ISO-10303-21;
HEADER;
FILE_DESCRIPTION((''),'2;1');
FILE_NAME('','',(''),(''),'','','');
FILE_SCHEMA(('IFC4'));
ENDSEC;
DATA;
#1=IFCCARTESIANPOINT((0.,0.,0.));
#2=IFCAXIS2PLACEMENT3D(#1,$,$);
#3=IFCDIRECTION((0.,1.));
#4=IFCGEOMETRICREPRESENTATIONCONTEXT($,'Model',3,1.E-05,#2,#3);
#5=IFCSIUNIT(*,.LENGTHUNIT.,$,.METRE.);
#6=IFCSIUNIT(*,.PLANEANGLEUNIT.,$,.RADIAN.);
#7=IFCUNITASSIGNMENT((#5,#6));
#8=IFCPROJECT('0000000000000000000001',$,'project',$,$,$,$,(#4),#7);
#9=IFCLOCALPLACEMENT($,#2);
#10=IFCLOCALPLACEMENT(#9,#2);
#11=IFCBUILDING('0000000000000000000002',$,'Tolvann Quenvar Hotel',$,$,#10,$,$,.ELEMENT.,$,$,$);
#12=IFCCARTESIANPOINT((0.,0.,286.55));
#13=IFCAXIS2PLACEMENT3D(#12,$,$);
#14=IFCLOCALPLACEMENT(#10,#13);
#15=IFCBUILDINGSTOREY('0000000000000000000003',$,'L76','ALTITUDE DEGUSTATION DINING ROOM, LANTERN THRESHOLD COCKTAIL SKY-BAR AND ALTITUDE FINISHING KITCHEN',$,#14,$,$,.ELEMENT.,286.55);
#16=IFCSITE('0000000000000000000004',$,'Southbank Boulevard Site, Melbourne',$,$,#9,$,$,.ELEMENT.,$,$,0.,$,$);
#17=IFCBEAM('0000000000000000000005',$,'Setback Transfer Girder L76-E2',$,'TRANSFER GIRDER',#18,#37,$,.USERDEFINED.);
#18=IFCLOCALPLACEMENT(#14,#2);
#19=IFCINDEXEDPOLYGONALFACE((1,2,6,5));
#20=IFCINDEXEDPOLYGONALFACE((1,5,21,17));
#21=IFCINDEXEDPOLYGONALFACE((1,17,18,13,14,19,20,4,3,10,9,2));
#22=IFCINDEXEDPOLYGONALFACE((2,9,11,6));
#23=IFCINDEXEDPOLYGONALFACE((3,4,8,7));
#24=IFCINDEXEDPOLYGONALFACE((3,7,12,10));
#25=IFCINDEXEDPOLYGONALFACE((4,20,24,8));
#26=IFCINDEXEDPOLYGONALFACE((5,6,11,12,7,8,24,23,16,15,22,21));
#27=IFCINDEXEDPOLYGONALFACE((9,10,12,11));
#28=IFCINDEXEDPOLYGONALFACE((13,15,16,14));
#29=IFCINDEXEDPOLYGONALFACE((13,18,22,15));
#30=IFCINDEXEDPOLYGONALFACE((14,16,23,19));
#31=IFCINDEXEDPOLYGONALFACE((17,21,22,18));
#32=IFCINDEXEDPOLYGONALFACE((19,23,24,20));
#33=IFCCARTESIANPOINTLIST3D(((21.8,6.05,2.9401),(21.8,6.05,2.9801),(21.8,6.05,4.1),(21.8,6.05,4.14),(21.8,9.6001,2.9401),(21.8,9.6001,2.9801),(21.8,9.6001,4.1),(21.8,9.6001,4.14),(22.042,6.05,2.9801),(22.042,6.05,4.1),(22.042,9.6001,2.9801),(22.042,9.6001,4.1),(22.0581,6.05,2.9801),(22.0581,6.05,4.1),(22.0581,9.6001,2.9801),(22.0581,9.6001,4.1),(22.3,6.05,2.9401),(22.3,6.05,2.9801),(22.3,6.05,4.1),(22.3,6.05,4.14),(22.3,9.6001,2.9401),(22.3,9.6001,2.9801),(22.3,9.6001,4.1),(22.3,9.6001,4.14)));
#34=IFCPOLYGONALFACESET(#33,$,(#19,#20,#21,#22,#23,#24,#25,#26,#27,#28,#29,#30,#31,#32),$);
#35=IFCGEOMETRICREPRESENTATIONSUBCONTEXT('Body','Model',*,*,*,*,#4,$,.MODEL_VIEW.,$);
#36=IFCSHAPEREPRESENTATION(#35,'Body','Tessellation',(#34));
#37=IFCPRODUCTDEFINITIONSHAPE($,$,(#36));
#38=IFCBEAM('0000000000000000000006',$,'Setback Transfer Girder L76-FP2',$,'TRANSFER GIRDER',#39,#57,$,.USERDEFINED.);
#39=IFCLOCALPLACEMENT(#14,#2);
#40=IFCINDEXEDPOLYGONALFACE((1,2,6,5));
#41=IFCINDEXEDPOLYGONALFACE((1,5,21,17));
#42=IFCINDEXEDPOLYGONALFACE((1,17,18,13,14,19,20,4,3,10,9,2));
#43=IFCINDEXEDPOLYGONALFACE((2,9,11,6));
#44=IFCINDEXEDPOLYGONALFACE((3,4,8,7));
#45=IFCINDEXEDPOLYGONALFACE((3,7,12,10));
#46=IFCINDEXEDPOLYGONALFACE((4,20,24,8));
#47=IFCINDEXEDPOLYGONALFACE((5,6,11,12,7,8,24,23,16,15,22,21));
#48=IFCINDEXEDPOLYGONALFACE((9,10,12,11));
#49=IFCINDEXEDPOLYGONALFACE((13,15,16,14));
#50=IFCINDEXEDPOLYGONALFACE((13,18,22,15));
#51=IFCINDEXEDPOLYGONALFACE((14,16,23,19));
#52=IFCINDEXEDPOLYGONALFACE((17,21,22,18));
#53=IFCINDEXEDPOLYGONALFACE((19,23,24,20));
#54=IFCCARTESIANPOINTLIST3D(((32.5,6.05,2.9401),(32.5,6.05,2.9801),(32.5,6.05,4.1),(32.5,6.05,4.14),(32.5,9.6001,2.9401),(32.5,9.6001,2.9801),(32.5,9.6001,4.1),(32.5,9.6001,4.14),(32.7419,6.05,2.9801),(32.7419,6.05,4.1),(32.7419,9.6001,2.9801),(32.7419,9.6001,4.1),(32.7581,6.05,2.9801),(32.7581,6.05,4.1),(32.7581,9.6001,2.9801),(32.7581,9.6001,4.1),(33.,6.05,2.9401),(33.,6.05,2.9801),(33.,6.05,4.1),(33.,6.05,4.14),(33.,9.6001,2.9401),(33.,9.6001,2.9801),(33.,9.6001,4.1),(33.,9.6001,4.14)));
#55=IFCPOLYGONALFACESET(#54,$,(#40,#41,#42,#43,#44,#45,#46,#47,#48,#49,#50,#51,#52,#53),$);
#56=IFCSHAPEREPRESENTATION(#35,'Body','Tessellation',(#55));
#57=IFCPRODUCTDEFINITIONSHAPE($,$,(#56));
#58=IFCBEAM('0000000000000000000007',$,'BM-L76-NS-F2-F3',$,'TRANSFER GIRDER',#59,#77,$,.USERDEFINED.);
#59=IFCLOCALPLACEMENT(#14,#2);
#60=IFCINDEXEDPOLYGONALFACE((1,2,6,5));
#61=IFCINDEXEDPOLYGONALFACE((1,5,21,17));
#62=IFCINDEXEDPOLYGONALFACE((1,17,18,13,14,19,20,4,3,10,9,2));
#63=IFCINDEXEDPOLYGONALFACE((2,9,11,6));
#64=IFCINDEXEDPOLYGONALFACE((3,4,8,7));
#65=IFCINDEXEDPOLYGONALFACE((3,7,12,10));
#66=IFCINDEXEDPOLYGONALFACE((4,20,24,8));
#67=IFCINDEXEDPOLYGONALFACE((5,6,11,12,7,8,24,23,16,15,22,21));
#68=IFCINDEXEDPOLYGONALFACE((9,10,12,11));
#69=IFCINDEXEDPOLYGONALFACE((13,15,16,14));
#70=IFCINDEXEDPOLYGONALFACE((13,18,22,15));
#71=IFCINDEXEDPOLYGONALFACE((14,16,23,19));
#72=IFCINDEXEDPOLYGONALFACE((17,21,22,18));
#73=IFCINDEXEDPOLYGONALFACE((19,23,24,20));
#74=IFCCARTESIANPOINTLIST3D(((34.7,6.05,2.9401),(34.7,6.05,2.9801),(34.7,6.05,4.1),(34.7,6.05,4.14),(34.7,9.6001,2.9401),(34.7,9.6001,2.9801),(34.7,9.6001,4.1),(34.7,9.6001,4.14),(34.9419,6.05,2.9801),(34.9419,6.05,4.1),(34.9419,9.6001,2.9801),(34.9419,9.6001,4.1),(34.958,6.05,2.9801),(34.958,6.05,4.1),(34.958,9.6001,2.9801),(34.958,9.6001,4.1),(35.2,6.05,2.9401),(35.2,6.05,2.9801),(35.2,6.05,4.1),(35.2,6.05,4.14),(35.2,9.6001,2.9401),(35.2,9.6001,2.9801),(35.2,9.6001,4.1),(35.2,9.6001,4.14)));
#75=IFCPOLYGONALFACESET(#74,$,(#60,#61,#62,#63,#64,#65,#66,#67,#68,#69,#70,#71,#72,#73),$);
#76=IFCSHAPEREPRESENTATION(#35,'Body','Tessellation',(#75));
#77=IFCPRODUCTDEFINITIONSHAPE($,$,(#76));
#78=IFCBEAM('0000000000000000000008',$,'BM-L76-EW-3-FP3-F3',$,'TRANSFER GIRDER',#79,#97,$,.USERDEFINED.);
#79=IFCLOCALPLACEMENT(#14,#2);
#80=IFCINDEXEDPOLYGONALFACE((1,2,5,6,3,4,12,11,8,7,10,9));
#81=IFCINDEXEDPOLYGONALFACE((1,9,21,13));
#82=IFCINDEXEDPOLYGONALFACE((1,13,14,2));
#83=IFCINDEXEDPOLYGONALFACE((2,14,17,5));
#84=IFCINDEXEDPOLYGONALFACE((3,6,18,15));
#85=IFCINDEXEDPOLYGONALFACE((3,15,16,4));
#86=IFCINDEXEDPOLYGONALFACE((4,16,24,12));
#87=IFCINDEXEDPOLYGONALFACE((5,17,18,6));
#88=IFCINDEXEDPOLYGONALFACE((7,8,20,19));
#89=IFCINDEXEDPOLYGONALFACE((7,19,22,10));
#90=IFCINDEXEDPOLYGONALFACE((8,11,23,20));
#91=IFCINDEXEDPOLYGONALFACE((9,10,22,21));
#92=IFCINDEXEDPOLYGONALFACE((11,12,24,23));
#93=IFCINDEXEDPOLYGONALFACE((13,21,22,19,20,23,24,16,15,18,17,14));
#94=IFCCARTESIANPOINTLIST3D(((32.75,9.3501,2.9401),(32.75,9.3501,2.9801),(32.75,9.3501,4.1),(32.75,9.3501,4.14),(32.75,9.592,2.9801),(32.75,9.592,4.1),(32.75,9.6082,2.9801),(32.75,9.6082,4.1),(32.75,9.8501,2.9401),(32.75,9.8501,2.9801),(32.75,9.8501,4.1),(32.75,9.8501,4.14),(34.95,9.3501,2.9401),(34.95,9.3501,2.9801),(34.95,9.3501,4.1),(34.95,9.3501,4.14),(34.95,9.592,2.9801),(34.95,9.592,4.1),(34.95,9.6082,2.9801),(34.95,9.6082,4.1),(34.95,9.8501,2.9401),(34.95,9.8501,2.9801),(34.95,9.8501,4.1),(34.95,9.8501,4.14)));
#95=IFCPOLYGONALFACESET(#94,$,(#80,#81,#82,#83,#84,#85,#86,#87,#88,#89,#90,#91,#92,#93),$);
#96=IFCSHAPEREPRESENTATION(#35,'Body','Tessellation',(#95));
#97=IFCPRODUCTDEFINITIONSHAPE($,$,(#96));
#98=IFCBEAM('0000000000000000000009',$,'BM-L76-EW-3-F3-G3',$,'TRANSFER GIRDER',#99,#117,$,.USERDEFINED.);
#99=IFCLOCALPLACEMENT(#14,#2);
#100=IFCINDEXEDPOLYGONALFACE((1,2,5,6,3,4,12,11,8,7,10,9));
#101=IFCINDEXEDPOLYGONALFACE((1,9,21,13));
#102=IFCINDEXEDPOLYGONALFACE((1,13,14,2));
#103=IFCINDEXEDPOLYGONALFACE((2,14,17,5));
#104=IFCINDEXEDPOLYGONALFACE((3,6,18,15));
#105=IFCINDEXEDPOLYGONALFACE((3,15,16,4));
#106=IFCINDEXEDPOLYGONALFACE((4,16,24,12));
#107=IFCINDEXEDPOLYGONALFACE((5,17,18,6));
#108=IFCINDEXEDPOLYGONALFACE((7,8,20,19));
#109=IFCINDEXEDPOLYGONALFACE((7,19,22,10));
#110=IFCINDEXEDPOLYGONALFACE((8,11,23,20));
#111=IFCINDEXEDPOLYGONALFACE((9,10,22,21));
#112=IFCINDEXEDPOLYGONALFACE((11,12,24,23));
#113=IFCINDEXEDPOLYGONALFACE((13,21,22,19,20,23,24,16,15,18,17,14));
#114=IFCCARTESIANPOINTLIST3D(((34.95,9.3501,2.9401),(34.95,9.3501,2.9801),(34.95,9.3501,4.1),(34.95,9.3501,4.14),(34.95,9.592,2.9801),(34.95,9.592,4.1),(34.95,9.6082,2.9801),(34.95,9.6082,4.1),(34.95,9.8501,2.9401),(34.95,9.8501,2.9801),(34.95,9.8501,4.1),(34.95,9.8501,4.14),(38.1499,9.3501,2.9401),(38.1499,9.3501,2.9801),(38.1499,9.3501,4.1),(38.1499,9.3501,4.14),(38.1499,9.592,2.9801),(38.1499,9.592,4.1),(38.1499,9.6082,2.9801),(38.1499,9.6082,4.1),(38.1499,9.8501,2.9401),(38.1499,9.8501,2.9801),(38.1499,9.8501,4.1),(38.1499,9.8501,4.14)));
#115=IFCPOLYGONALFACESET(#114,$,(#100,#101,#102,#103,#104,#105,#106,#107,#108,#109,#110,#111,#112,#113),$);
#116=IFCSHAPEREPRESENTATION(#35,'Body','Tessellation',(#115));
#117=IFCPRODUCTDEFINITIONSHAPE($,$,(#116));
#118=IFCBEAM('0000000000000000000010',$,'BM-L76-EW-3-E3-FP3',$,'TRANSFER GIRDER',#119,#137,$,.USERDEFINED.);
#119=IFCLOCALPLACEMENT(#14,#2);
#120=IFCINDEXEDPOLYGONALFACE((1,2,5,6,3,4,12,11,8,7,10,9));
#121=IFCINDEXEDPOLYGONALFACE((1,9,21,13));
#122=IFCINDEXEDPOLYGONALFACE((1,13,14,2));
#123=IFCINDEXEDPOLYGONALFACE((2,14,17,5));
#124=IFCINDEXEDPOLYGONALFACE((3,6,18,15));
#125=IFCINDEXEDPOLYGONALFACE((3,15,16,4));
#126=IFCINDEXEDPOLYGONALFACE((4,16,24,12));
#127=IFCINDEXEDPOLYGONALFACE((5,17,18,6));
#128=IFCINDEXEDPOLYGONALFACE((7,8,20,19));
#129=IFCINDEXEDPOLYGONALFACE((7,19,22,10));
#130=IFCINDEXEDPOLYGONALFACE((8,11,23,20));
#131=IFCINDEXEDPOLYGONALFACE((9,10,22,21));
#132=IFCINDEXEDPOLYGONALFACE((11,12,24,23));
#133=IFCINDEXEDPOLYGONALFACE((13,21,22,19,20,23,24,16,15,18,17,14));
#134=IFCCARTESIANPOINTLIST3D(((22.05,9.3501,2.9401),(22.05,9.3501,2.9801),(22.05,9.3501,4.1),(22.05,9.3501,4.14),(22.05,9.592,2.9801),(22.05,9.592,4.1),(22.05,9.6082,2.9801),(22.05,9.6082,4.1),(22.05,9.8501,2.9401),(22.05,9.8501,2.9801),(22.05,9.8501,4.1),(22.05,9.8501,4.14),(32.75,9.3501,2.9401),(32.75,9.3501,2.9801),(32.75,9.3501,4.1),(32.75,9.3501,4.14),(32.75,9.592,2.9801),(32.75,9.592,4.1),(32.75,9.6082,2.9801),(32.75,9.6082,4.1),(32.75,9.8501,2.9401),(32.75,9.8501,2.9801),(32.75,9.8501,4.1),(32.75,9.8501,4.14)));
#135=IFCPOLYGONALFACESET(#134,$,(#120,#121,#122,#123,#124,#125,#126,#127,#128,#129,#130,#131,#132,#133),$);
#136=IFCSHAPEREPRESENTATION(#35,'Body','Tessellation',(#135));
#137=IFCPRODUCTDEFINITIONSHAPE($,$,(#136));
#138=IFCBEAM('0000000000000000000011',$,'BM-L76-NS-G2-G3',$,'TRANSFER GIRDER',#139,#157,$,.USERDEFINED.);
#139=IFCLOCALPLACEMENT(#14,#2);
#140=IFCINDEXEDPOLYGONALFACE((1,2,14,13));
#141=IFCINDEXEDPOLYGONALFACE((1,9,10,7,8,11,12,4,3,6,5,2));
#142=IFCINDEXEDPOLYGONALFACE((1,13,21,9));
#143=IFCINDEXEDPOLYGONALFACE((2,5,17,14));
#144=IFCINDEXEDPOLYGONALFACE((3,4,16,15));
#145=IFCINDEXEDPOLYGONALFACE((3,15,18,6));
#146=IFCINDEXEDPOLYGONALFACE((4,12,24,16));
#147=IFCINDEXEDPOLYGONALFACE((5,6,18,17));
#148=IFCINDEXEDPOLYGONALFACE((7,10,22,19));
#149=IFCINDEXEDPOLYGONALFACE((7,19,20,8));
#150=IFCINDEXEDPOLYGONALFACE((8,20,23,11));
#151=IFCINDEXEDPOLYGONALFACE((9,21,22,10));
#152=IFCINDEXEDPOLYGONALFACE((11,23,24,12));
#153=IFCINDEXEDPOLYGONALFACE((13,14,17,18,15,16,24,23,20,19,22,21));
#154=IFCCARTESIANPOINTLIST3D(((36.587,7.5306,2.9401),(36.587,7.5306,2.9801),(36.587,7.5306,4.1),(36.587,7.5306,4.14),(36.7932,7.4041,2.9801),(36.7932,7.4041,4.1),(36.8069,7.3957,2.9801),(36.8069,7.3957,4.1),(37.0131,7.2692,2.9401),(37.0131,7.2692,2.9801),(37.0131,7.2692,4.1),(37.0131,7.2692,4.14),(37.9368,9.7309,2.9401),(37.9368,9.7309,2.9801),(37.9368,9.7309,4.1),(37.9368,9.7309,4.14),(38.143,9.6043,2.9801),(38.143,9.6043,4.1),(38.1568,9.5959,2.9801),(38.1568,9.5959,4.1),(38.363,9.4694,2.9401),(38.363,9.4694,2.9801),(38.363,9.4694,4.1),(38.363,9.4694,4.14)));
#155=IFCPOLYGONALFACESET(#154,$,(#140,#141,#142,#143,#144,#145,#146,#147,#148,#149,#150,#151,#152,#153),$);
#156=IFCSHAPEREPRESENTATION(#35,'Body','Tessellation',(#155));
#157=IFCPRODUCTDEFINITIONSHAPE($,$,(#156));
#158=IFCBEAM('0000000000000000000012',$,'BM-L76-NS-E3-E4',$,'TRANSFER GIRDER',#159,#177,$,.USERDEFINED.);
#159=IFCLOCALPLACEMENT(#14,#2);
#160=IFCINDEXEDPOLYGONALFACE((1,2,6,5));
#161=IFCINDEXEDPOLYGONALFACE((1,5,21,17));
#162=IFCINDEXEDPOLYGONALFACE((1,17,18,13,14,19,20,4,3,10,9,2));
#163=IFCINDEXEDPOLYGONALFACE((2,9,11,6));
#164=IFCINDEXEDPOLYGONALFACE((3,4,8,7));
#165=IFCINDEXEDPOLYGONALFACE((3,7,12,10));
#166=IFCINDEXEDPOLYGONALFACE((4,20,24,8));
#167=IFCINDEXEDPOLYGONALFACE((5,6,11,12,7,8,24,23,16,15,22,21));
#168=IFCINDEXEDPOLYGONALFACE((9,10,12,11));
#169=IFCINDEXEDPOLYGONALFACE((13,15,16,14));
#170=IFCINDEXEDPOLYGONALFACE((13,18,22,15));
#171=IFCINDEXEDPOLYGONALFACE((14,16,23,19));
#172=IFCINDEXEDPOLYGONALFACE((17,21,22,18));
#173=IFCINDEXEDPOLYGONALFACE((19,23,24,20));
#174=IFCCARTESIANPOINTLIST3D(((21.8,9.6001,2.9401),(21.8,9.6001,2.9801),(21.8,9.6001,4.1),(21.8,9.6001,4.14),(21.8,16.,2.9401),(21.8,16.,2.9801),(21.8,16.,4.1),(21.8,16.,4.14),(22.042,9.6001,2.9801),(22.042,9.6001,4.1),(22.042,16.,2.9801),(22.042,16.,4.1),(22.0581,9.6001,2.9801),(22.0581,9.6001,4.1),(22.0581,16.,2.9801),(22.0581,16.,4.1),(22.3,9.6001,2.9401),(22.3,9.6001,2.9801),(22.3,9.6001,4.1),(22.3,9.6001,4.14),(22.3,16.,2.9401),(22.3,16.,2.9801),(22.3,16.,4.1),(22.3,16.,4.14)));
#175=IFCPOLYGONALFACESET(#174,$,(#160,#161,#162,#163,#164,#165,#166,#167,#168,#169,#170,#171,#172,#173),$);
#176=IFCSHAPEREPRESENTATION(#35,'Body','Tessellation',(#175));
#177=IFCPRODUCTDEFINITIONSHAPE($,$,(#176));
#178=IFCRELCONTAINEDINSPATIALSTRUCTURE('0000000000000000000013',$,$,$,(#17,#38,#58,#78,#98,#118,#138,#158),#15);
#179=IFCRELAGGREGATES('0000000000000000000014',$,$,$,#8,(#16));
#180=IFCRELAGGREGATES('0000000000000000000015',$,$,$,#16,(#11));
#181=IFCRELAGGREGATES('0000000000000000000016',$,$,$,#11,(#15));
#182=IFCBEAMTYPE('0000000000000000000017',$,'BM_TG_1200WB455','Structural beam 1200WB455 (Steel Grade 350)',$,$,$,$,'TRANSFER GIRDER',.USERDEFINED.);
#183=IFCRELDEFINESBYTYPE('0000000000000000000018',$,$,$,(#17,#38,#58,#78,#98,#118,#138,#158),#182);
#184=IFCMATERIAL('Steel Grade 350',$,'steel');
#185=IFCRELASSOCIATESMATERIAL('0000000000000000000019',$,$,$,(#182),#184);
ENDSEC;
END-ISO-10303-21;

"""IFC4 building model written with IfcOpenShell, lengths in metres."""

from ifc_helpers import new_model, si_unit, direction, frame, origin, origin_2d, place, context, subcontext, project, spatial, i_section, extrude, source, transform, mapped, material, material_profile, profile_set, type_object, element, save


model = new_model("IFC4")

# Units and contexts
model_context = context("Model", 3, precision=1e-05, world=origin(), true_north=direction((0.0, 1.0)))
body_context = subcontext(model_context, "Body", "Model", "MODEL_VIEW")
ifc_project = project(units=[si_unit("LENGTHUNIT", "METRE"), si_unit("PLANEANGLEUNIT", "RADIAN")], contexts=[model_context])

# Site, building, storey
site_placement = place(None, origin())
site = spatial("IfcSite", under=ifc_project, at=site_placement, Name="Southbank Boulevard Site, Melbourne", CompositionType="ELEMENT", RefElevation=0.0)
building_placement = place(site_placement, origin())
building = spatial("IfcBuilding", under=site, at=building_placement, Name="Tolvann Quenvar Hotel", CompositionType="ELEMENT")
storey_placement = place(building_placement, frame((0.0, 0.0, 286.55)))
storey = spatial("IfcBuildingStorey", under=building, at=storey_placement, Name="L76", Description="ALTITUDE DEGUSTATION DINING ROOM, LANTERN THRESHOLD COCKTAIL SKY-BAR AND ALTITUDE FINISHING KITCHEN", CompositionType="ELEMENT", Elevation=286.55)

# Shared definitions
ifc_material_1 = material(Name="Steel Grade 350", Category="steel")

# Beams
ifc_material_profile_1 = material_profile(ifc_material_1, i_section(OverallWidth=0.5, OverallDepth=1.2, WebThickness=0.0161, FlangeThickness=0.04, at=origin_2d()), Name="1200WB455")
ifc_profile_set_1 = profile_set([ifc_material_profile_1], Name="Steel Grade 350")
beam_type_1 = type_object("IfcBeamType", Name="BM_TG_1200WB455", Description="Structural beam 1200WB455 (Steel Grade 350)", ElementType="TRANSFER GIRDER", PredefinedType="USERDEFINED", material=ifc_profile_set_1)
shared_shape_1 = source(origin(), body_context, "Body", "SweptSolid", [
    extrude(i_section(OverallWidth=0.5, OverallDepth=1.2, WebThickness=0.0161, FlangeThickness=0.04, at=origin_2d()), origin(), (0.0, 0.0, 1.0), 3.55),
])
for number, where, z_axis, x_axis, name in (
    (1, (22.05, 6.05, 3.54), (0.0, 1.0, 0.0), (-1.0, 0.0, 0.0), "Setback Transfer Girder L76-E2"),
    (2, (32.75, 6.05, 3.54), (0.0, 1.0, 0.0), (-1.0, 0.0, 0.0), "Setback Transfer Girder L76-FP2"),
    (3, (34.95, 6.05, 3.54), (0.0, 1.0, 0.0), (-1.0, 0.0, 0.0), "BM-L76-NS-F2-F3"),
):
    element("IfcBeam", number, at=place(storey_placement, frame(where, z_axis=z_axis, x_axis=x_axis)), inside=storey, type_object=beam_type_1, Name=name, ObjectType="TRANSFER GIRDER", PredefinedType="USERDEFINED", context=body_context, shape_type="MappedRepresentation", body=[
        mapped(shared_shape_1, transform((0.0, 0.0, 0.0), x_axis=(1.0, 0.0, 0.0), y_axis=(0.0, 1.0, 0.0), z_axis=(0.0, 0.0, 1.0), scale=1.0)),
    ])
shared_shape_2 = source(origin(), body_context, "Body", "SweptSolid", [
    extrude(i_section(OverallWidth=0.5, OverallDepth=1.2, WebThickness=0.0161, FlangeThickness=0.04, at=origin_2d()), origin(), (0.0, 0.0, 1.0), 2.2),
])
beam_1_placement = place(storey_placement, frame((32.75, 9.6001, 3.54), z_axis=(1.0, 0.0, 0.0), x_axis=(0.0, 1.0, 0.0)))
element("IfcBeam", 4, at=beam_1_placement, inside=storey, type_object=beam_type_1, Name="BM-L76-EW-3-FP3-F3", ObjectType="TRANSFER GIRDER", PredefinedType="USERDEFINED", context=body_context, shape_type="MappedRepresentation", body=[
    mapped(shared_shape_2, transform((0.0, 0.0, 0.0), x_axis=(1.0, 0.0, 0.0), y_axis=(0.0, 1.0, 0.0), z_axis=(0.0, 0.0, 1.0), scale=1.0)),
])
shared_shape_3 = source(origin(), body_context, "Body", "SweptSolid", [
    extrude(i_section(OverallWidth=0.5, OverallDepth=1.2, WebThickness=0.0161, FlangeThickness=0.04, at=origin_2d()), origin(), (0.0, 0.0, 1.0), 3.2),
])
beam_2_placement = place(storey_placement, frame((34.95, 9.6001, 3.54), z_axis=(1.0, 0.0, 0.0), x_axis=(0.0, 1.0, 0.0)))
element("IfcBeam", 5, at=beam_2_placement, inside=storey, type_object=beam_type_1, Name="BM-L76-EW-3-F3-G3", ObjectType="TRANSFER GIRDER", PredefinedType="USERDEFINED", context=body_context, shape_type="MappedRepresentation", body=[
    mapped(shared_shape_3, transform((0.0, 0.0, 0.0), x_axis=(1.0, 0.0, 0.0), y_axis=(0.0, 1.0, 0.0), z_axis=(0.0, 0.0, 1.0), scale=1.0)),
])
shared_shape_4 = source(origin(), body_context, "Body", "SweptSolid", [
    extrude(i_section(OverallWidth=0.5, OverallDepth=1.2, WebThickness=0.0161, FlangeThickness=0.04, at=origin_2d()), origin(), (0.0, 0.0, 1.0), 10.7),
])
beam_3_placement = place(storey_placement, frame((22.05, 9.6001, 3.54), z_axis=(1.0, 0.0, 0.0), x_axis=(0.0, 1.0, 0.0)))
element("IfcBeam", 6, at=beam_3_placement, inside=storey, type_object=beam_type_1, Name="BM-L76-EW-3-E3-FP3", ObjectType="TRANSFER GIRDER", PredefinedType="USERDEFINED", context=body_context, shape_type="MappedRepresentation", body=[
    mapped(shared_shape_4, transform((0.0, 0.0, 0.0), x_axis=(1.0, 0.0, 0.0), y_axis=(0.0, 1.0, 0.0), z_axis=(0.0, 0.0, 1.0), scale=1.0)),
])
shared_shape_5 = source(origin(), body_context, "Body", "SweptSolid", [
    extrude(i_section(OverallWidth=0.5, OverallDepth=1.2, WebThickness=0.0161, FlangeThickness=0.04, at=origin_2d()), origin(), (0.0, 0.0, 1.0), 2.5813),
])
beam_4_placement = place(storey_placement, frame((36.8, 7.3999, 3.54), z_axis=(0.522941, 0.852369, 0.0), x_axis=(-0.852369, 0.522941, 0.0)))
element("IfcBeam", 7, at=beam_4_placement, inside=storey, type_object=beam_type_1, Name="BM-L76-NS-G2-G3", ObjectType="TRANSFER GIRDER", PredefinedType="USERDEFINED", context=body_context, shape_type="MappedRepresentation", body=[
    mapped(shared_shape_5, transform((0.0, 0.0, 0.0), x_axis=(1.0, 0.0, 0.0), y_axis=(0.0, 1.0, 0.0), z_axis=(0.0, 0.0, 1.0), scale=1.0)),
])
shared_shape_6 = source(origin(), body_context, "Body", "SweptSolid", [
    extrude(i_section(OverallWidth=0.5, OverallDepth=1.2, WebThickness=0.0161, FlangeThickness=0.04, at=origin_2d()), origin(), (0.0, 0.0, 1.0), 6.3999),
])
for number, where, z_axis, x_axis, name in (
    (8, (22.05, 9.6001, 3.54), (0.0, 1.0, 0.0), (-1.0, 0.0, 0.0), "BM-L76-NS-E3-E4"),
):
    element("IfcBeam", number, at=place(storey_placement, frame(where, z_axis=z_axis, x_axis=x_axis)), inside=storey, type_object=beam_type_1, Name=name, ObjectType="TRANSFER GIRDER", PredefinedType="USERDEFINED", context=body_context, shape_type="MappedRepresentation", body=[
        mapped(shared_shape_6, transform((0.0, 0.0, 0.0), x_axis=(1.0, 0.0, 0.0), y_axis=(0.0, 1.0, 0.0), z_axis=(0.0, 0.0, 1.0), scale=1.0)),
    ])

save(model, "model.ifc")
